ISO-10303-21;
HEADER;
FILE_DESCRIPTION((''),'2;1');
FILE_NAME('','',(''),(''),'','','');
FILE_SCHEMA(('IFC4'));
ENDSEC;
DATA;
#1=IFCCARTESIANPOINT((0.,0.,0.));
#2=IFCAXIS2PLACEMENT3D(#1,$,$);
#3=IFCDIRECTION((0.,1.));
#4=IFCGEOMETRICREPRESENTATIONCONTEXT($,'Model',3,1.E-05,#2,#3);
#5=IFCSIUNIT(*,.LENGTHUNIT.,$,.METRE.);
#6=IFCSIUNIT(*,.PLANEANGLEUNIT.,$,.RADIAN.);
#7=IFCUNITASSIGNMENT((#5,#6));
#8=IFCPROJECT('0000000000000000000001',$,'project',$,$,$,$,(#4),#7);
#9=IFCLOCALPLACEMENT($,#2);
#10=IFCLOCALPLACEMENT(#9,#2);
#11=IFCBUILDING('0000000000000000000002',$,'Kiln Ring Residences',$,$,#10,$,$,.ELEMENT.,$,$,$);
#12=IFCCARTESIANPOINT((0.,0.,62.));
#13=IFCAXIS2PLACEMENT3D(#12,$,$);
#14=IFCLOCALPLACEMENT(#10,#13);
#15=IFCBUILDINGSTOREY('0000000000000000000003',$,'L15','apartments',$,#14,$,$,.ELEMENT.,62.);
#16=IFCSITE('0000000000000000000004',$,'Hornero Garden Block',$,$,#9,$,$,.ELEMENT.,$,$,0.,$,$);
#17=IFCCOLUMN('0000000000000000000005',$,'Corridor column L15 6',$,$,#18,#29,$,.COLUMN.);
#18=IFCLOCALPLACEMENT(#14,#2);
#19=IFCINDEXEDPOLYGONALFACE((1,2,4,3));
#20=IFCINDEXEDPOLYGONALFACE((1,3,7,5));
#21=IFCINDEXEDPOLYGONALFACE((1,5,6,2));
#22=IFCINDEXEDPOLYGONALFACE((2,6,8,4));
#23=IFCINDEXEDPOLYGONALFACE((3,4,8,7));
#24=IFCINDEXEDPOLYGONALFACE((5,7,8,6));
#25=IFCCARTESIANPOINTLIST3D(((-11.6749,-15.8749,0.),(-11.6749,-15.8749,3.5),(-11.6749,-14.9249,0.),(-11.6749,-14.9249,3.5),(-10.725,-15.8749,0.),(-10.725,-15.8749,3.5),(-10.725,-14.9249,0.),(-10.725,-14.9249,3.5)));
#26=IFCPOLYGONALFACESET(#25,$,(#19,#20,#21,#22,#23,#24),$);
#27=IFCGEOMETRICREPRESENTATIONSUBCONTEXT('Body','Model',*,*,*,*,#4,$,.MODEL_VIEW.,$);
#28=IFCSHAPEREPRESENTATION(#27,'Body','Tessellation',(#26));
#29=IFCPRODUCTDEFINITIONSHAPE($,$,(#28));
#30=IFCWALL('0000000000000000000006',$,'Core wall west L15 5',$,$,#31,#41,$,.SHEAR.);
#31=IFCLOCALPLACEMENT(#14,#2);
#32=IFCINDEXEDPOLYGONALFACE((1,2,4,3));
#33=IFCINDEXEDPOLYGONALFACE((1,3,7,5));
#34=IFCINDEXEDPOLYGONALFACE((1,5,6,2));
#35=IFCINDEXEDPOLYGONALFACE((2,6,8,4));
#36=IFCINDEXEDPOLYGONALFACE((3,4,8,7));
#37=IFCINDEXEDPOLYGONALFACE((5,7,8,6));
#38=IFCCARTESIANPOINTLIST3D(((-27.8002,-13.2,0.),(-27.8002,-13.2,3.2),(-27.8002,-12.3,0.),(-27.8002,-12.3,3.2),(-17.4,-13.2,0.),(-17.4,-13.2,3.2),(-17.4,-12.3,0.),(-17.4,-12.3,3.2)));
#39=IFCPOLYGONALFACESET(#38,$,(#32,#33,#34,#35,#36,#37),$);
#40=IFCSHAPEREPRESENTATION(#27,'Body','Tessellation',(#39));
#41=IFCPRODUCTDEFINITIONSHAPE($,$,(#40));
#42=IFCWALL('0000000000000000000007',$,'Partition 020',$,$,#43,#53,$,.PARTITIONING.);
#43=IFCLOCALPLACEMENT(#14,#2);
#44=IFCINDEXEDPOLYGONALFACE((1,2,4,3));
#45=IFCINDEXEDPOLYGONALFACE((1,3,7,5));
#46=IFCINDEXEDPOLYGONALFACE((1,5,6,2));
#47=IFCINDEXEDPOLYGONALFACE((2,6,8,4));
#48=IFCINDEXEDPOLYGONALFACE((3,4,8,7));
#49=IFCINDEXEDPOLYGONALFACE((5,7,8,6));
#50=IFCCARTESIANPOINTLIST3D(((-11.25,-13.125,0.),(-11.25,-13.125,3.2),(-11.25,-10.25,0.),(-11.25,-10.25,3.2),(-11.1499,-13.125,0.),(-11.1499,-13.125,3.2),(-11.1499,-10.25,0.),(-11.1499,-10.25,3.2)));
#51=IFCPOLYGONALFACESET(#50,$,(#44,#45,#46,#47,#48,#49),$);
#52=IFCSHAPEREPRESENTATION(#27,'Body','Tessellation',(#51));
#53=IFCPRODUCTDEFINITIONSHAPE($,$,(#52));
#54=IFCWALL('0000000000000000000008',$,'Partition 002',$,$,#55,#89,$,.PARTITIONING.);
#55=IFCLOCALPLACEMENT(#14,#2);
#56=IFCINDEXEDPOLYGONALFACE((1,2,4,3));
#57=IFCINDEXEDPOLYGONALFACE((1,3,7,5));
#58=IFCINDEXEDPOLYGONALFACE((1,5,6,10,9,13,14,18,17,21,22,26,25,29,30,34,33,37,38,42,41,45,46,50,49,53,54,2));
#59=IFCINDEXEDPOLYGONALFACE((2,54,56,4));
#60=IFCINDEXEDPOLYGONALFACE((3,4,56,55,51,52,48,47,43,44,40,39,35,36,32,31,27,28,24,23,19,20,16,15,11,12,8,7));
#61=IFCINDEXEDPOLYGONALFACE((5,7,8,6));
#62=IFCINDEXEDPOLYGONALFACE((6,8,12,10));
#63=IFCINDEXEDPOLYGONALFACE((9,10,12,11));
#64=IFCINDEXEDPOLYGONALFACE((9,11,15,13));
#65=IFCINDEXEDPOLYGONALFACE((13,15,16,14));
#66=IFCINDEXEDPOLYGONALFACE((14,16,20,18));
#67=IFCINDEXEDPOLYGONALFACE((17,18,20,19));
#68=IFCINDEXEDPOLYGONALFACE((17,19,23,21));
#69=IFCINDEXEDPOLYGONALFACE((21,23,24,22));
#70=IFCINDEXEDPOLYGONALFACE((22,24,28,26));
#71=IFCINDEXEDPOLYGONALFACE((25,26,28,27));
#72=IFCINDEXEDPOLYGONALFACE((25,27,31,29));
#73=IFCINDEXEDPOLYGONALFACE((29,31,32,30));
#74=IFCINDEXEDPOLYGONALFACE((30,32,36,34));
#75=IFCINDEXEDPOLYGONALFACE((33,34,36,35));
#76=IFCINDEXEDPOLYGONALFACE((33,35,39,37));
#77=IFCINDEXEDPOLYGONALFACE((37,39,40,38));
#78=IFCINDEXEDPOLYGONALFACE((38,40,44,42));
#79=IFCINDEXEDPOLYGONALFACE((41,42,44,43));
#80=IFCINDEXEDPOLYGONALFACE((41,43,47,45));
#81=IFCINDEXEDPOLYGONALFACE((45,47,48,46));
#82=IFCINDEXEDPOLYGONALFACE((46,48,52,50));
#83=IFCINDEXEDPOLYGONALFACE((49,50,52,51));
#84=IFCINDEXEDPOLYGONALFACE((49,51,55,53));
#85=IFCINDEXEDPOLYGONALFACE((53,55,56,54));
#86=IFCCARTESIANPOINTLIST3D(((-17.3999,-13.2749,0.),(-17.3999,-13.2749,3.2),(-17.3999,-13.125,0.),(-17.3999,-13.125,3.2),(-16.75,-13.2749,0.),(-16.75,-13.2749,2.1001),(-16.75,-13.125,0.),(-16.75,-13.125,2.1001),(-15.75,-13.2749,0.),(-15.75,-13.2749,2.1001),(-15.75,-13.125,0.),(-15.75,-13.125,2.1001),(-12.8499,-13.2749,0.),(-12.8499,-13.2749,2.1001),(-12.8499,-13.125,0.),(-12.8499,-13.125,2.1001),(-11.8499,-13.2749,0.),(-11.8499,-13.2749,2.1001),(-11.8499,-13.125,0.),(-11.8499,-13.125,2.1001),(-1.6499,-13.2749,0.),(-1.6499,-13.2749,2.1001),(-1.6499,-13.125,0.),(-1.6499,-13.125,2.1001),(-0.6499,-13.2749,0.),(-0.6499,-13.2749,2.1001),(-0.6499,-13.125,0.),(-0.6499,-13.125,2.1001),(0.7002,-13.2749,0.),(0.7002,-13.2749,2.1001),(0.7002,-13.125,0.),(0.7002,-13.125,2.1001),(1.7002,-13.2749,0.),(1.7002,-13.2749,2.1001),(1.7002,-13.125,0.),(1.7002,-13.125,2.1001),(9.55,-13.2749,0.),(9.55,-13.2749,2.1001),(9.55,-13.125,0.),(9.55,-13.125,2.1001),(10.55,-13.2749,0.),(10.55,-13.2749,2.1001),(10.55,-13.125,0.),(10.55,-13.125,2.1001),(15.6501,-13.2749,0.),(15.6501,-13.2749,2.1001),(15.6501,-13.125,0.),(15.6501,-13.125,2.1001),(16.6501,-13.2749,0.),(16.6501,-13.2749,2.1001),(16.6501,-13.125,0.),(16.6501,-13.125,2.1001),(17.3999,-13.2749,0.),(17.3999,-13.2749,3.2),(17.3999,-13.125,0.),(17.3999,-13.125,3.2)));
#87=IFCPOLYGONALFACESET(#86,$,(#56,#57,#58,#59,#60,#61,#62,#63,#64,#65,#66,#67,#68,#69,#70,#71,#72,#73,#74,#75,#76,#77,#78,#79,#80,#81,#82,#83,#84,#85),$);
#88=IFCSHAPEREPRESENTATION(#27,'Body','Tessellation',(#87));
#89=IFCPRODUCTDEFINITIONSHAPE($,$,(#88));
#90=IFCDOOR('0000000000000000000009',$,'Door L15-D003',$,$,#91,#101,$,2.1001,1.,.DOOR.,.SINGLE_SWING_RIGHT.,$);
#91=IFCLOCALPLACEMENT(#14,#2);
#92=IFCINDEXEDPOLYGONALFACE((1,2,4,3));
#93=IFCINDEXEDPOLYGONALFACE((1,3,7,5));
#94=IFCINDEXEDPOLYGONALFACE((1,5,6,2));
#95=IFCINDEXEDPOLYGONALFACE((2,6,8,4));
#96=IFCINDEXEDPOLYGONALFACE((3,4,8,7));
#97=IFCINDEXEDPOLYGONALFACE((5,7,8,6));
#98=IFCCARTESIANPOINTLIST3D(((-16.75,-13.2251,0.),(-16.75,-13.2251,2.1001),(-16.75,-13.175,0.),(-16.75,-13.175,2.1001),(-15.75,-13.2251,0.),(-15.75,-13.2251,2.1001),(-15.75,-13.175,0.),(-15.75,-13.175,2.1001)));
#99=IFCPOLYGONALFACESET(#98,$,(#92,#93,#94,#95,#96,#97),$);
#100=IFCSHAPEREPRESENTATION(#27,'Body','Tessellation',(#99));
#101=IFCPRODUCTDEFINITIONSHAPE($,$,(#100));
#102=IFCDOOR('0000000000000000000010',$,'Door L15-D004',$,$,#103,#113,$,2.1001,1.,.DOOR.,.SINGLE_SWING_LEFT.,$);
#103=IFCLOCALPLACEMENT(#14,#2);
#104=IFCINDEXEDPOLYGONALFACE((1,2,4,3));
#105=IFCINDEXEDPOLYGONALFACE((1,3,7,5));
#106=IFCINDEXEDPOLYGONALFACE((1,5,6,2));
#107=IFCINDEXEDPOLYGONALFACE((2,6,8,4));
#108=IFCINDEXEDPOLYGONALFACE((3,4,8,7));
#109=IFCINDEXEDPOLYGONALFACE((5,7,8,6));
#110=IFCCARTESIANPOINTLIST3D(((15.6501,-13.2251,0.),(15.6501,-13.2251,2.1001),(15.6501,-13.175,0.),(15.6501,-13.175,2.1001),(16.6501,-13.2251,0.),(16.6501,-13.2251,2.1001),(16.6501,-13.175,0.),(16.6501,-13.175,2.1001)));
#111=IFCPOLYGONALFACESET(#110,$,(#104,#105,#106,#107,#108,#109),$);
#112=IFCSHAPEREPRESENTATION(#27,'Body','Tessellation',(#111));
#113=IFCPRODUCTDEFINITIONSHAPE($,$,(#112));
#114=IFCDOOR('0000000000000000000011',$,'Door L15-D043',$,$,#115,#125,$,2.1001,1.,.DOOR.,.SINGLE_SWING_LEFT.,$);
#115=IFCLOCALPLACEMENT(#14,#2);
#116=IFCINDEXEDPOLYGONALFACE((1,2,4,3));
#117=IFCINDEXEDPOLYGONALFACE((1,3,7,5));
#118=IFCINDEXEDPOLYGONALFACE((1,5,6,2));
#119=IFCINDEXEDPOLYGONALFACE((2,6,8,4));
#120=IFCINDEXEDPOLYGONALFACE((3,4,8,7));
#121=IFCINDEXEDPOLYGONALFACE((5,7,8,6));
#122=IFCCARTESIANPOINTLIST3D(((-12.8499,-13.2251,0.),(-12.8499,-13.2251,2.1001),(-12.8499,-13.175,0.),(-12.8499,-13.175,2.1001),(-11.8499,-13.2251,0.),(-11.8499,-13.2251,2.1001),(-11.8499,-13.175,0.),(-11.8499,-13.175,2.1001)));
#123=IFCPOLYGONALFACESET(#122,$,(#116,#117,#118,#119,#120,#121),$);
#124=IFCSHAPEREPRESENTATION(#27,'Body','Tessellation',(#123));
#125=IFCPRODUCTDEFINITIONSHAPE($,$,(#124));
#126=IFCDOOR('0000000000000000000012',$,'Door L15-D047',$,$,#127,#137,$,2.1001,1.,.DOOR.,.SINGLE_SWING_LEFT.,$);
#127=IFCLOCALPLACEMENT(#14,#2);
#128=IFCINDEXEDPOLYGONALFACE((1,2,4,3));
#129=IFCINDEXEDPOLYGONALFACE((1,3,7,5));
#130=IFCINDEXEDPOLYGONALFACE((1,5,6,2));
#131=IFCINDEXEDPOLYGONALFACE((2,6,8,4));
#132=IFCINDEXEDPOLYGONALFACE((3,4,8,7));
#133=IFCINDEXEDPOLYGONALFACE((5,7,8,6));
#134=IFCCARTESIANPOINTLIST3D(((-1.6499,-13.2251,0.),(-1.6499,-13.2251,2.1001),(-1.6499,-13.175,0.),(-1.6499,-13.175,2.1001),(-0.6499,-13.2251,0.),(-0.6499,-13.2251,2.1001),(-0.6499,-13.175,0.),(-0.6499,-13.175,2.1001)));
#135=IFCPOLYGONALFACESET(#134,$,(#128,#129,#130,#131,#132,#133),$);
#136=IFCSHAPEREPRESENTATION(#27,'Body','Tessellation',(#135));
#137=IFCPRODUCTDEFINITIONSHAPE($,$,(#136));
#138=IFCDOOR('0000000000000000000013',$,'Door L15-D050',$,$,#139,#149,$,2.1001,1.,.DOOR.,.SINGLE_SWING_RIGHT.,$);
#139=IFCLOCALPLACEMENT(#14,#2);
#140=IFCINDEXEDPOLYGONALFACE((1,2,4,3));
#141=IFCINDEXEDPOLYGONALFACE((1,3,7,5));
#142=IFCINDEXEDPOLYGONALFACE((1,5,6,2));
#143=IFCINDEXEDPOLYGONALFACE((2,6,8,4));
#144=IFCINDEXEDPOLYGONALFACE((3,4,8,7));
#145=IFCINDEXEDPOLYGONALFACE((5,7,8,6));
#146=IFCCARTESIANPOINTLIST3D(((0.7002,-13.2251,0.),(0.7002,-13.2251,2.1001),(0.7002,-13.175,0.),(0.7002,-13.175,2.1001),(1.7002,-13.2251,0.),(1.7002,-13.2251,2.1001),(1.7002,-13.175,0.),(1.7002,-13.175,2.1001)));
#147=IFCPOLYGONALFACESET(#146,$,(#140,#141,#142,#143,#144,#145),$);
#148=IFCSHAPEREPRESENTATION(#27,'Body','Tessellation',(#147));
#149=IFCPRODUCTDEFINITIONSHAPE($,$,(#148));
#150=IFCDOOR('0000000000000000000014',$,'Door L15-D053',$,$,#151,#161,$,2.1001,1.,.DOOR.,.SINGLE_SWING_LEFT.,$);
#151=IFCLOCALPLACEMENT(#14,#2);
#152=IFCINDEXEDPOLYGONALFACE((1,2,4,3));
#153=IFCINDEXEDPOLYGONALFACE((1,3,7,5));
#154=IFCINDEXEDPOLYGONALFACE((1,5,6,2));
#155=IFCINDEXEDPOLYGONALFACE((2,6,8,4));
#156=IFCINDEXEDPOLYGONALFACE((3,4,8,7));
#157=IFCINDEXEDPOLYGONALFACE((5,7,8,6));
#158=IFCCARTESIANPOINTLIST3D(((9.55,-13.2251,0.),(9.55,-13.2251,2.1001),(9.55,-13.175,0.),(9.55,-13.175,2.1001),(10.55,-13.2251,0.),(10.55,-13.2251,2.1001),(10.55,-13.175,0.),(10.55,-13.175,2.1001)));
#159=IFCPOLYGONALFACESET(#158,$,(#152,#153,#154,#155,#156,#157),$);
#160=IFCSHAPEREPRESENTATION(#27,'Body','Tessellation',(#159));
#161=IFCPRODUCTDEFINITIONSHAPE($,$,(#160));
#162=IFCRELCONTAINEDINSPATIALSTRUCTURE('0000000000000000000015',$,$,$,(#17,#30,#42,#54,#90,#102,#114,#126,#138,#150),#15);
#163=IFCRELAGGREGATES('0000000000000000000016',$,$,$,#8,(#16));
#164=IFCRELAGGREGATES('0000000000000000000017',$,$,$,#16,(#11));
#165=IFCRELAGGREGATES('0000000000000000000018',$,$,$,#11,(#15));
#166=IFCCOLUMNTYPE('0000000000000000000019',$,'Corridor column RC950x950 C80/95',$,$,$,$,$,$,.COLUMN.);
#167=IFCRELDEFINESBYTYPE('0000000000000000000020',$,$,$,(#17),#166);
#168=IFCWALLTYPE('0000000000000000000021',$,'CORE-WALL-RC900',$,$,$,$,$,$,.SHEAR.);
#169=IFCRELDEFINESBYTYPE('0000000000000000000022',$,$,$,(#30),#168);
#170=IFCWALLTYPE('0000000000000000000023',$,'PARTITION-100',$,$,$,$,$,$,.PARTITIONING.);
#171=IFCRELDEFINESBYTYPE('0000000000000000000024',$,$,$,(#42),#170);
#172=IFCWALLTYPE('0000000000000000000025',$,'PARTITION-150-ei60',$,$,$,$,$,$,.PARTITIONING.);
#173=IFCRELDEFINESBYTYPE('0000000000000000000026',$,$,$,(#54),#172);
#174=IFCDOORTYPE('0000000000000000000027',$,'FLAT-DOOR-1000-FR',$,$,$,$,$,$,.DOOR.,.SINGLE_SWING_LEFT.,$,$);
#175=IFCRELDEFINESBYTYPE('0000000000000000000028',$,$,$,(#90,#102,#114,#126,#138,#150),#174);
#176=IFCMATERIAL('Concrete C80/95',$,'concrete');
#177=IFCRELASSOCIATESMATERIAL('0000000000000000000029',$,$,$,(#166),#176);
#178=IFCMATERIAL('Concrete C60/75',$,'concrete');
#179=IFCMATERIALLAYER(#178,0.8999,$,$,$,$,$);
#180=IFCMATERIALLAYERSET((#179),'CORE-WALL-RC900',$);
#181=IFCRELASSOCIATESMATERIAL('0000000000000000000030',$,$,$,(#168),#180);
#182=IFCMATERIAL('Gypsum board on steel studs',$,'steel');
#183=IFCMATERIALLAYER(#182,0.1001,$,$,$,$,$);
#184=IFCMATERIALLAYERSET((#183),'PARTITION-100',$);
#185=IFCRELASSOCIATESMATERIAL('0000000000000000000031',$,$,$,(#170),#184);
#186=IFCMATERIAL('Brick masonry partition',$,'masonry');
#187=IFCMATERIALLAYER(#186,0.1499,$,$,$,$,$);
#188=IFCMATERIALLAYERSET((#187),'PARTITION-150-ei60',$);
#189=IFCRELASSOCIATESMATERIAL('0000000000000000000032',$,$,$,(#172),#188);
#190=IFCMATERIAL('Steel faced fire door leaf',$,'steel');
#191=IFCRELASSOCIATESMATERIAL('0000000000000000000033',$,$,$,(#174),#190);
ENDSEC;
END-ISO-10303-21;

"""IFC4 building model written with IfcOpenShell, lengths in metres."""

from ifc_helpers import new_model, si_unit, direction, frame, frame_2d, origin, origin_2d, place, context, subcontext, project, spatial, rectangle, extrude, material, layer, layer_set, material_profile, profile_set, type_object, element, fill, save


model = new_model("IFC4")

# Units and contexts
model_context = context("Model", 3, precision=1e-05, world=origin(), true_north=direction((0.0, 1.0)))
body_context = subcontext(model_context, "Body", "Model", "MODEL_VIEW")
ifc_project = project(units=[si_unit("LENGTHUNIT", "METRE"), si_unit("PLANEANGLEUNIT", "RADIAN")], contexts=[model_context])

# Site, building, storey
site_placement = place(None, origin())
site = spatial("IfcSite", under=ifc_project, at=site_placement, Name="Hornero Garden Block", CompositionType="ELEMENT", RefElevation=0.0)
building_placement = place(site_placement, origin())
building = spatial("IfcBuilding", under=site, at=building_placement, Name="Kiln Ring Residences", CompositionType="ELEMENT")
storey_placement = place(building_placement, frame((0.0, 0.0, 62.0)))
storey = spatial("IfcBuildingStorey", under=building, at=storey_placement, Name="L15", Description="apartments", CompositionType="ELEMENT", Elevation=62.0)

# Column
ifc_material_1 = material(Name="Concrete C80/95", Category="concrete")
ifc_material_profile = material_profile(ifc_material_1, rectangle(XDim=0.95, YDim=0.95, at=origin_2d()), Name="RC950x950")
ifc_profile_set = profile_set([ifc_material_profile], Name="Concrete C80/95")
column_type = type_object("IfcColumnType", Name="Corridor column RC950x950 C80/95", PredefinedType="COLUMN", material=ifc_profile_set)
column_placement = place(storey_placement, frame((-11.2, -15.3999, 0.0), z_axis=(0.0, 0.0, 1.0), x_axis=(1.0, 0.0, 0.0)))
element("IfcColumn", 1, at=column_placement, inside=storey, type_object=column_type, Name="Corridor column L15 6", PredefinedType="COLUMN", context=body_context, shape_type="SweptSolid", body=[
    extrude(rectangle(XDim=0.95, YDim=0.95, at=origin_2d()), origin(), (0.0, 0.0, 1.0), 3.5),
])

# Walls
ifc_material_2 = material(Name="Concrete C60/75", Category="concrete")
ifc_layer_1 = layer(ifc_material_2, 0.8999)
ifc_layer_set_1 = layer_set([ifc_layer_1], Name="CORE-WALL-RC900")
wall_type_1 = type_object("IfcWallType", Name="CORE-WALL-RC900", PredefinedType="SHEAR", material=ifc_layer_set_1)
wall_1_placement = place(storey_placement, frame((-17.3999, -12.75, 0.0), z_axis=(0.0, 0.0, 1.0), x_axis=(-1.0, 0.0, 0.0)))
element("IfcWall", 2, at=wall_1_placement, inside=storey, type_object=wall_type_1, Name="Core wall west L15 5", PredefinedType="SHEAR", context=body_context, shape_type="SweptSolid", body=[
    extrude(rectangle(XDim=10.4001, YDim=0.8999, at=frame_2d((5.2002, 0.0))), origin(), (0.0, 0.0, 1.0), 3.2),
])
ifc_material_3 = material(Name="Gypsum board on steel studs", Category="steel")
ifc_layer_2 = layer(ifc_material_3, 0.1001)
ifc_layer_set_2 = layer_set([ifc_layer_2], Name="PARTITION-100")
wall_type_2 = type_object("IfcWallType", Name="PARTITION-100", PredefinedType="PARTITIONING", material=ifc_layer_set_2)
wall_2_placement = place(storey_placement, frame((-11.2, -13.125, 0.0), z_axis=(0.0, 0.0, 1.0), x_axis=(0.0, 1.0, 0.0)))
element("IfcWall", 3, at=wall_2_placement, inside=storey, type_object=wall_type_2, Name="Partition 020", PredefinedType="PARTITIONING", context=body_context, shape_type="SweptSolid", body=[
    extrude(rectangle(XDim=2.875, YDim=0.1001, at=frame_2d((1.4375, 0.0))), origin(), (0.0, 0.0, 1.0), 3.2),
])

# Wall, openings, doors
ifc_material_4 = material(Name="Brick masonry partition", Category="masonry")
ifc_layer_3 = layer(ifc_material_4, 0.1499)
ifc_layer_set_3 = layer_set([ifc_layer_3], Name="PARTITION-150-ei60")
wall_type_3 = type_object("IfcWallType", Name="PARTITION-150-ei60", PredefinedType="PARTITIONING", material=ifc_layer_set_3)
wall_3_placement = place(storey_placement, frame((-17.3999, -13.2, 0.0), z_axis=(0.0, 0.0, 1.0), x_axis=(1.0, 0.0, 0.0)))
wall_3 = element("IfcWall", 4, at=wall_3_placement, inside=storey, type_object=wall_type_3, Name="Partition 002", PredefinedType="PARTITIONING", context=body_context, shape_type="SweptSolid", body=[
    extrude(rectangle(XDim=34.7998, YDim=0.1499, at=frame_2d((17.3999, 0.0))), origin(), (0.0, 0.0, 1.0), 3.2),
])
opening_1_placement = place(wall_3_placement, frame((0.6499, 0.0, 0.0)))
opening_1 = element("IfcOpeningElement", 5, at=opening_1_placement, cuts=wall_3, PredefinedType="OPENING", context=body_context, shape_type="SweptSolid", body=[
    extrude(rectangle(XDim=1.0, YDim=2.1001, at=frame_2d((0.5, 1.05))), frame((0.0, 0.085, 0.0), z_axis=(0.0, -1.0, 0.0), x_axis=(1.0, 0.0, 0.0)), (0.0, 0.0, 1.0), 0.1699),
])
opening_2_placement = place(wall_3_placement, frame((33.05, 0.0, 0.0)))
opening_2 = element("IfcOpeningElement", 6, at=opening_2_placement, cuts=wall_3, PredefinedType="OPENING", context=body_context, shape_type="SweptSolid", body=[
    extrude(rectangle(XDim=1.0, YDim=2.1001, at=frame_2d((0.5, 1.05))), frame((0.0, 0.085, 0.0), z_axis=(0.0, -1.0, 0.0), x_axis=(1.0, 0.0, 0.0)), (0.0, 0.0, 1.0), 0.1699),
])
opening_3_placement = place(wall_3_placement, frame((4.55, 0.0, 0.0)))
opening_3 = element("IfcOpeningElement", 7, at=opening_3_placement, cuts=wall_3, PredefinedType="OPENING", context=body_context, shape_type="SweptSolid", body=[
    extrude(rectangle(XDim=1.0, YDim=2.1001, at=frame_2d((0.5, 1.05))), frame((0.0, 0.085, 0.0), z_axis=(0.0, -1.0, 0.0), x_axis=(1.0, 0.0, 0.0)), (0.0, 0.0, 1.0), 0.1699),
])
opening_4_placement = place(wall_3_placement, frame((15.75, 0.0, 0.0)))
opening_4 = element("IfcOpeningElement", 8, at=opening_4_placement, cuts=wall_3, PredefinedType="OPENING", context=body_context, shape_type="SweptSolid", body=[
    extrude(rectangle(XDim=1.0, YDim=2.1001, at=frame_2d((0.5, 1.05))), frame((0.0, 0.085, 0.0), z_axis=(0.0, -1.0, 0.0), x_axis=(1.0, 0.0, 0.0)), (0.0, 0.0, 1.0), 0.1699),
])
opening_5_placement = place(wall_3_placement, frame((18.1001, 0.0, 0.0)))
opening_5 = element("IfcOpeningElement", 9, at=opening_5_placement, cuts=wall_3, PredefinedType="OPENING", context=body_context, shape_type="SweptSolid", body=[
    extrude(rectangle(XDim=1.0, YDim=2.1001, at=frame_2d((0.5, 1.05))), frame((0.0, 0.085, 0.0), z_axis=(0.0, -1.0, 0.0), x_axis=(1.0, 0.0, 0.0)), (0.0, 0.0, 1.0), 0.1699),
])
opening_6_placement = place(wall_3_placement, frame((26.95, 0.0, 0.0)))
opening_6 = element("IfcOpeningElement", 10, at=opening_6_placement, cuts=wall_3, PredefinedType="OPENING", context=body_context, shape_type="SweptSolid", body=[
    extrude(rectangle(XDim=1.0, YDim=2.1001, at=frame_2d((0.5, 1.05))), frame((0.0, 0.085, 0.0), z_axis=(0.0, -1.0, 0.0), x_axis=(1.0, 0.0, 0.0)), (0.0, 0.0, 1.0), 0.1699),
])
ifc_material_5 = material(Name="Steel faced fire door leaf", Category="steel")
door_type = type_object("IfcDoorType", Name="FLAT-DOOR-1000-FR", OperationType="SINGLE_SWING_LEFT", PredefinedType="DOOR", material=ifc_material_5)
door_1_placement = place(opening_1_placement, origin())
door_1 = element("IfcDoor", 11, at=door_1_placement, inside=storey, type_object=door_type, Name="Door L15-D003", OperationType="SINGLE_SWING_RIGHT", OverallHeight=2.1001, OverallWidth=1.0, PredefinedType="DOOR", context=body_context, shape_type="SweptSolid", body=[
    extrude(rectangle(XDim=1.0, YDim=2.1001, at=frame_2d((0.5, 1.05))), frame((0.0, 0.0249, 0.0), z_axis=(0.0, -1.0, 0.0), x_axis=(1.0, 0.0, 0.0)), (0.0, 0.0, 1.0), 0.05),
])
fill(opening_1, door_1)
door_2_placement = place(opening_2_placement, origin())
door_2 = element("IfcDoor", 12, at=door_2_placement, inside=storey, type_object=door_type, Name="Door L15-D004", OperationType="SINGLE_SWING_LEFT", OverallHeight=2.1001, OverallWidth=1.0, PredefinedType="DOOR", context=body_context, shape_type="SweptSolid", body=[
    extrude(rectangle(XDim=1.0, YDim=2.1001, at=frame_2d((0.5, 1.05))), frame((0.0, 0.0249, 0.0), z_axis=(0.0, -1.0, 0.0), x_axis=(1.0, 0.0, 0.0)), (0.0, 0.0, 1.0), 0.05),
])
fill(opening_2, door_2)
door_3_placement = place(opening_3_placement, origin())
door_3 = element("IfcDoor", 13, at=door_3_placement, inside=storey, type_object=door_type, Name="Door L15-D043", OperationType="SINGLE_SWING_LEFT", OverallHeight=2.1001, OverallWidth=1.0, PredefinedType="DOOR", context=body_context, shape_type="SweptSolid", body=[
    extrude(rectangle(XDim=1.0, YDim=2.1001, at=frame_2d((0.5, 1.05))), frame((0.0, 0.0249, 0.0), z_axis=(0.0, -1.0, 0.0), x_axis=(1.0, 0.0, 0.0)), (0.0, 0.0, 1.0), 0.05),
])
fill(opening_3, door_3)
door_4_placement = place(opening_4_placement, origin())
door_4 = element("IfcDoor", 14, at=door_4_placement, inside=storey, type_object=door_type, Name="Door L15-D047", OperationType="SINGLE_SWING_LEFT", OverallHeight=2.1001, OverallWidth=1.0, PredefinedType="DOOR", context=body_context, shape_type="SweptSolid", body=[
    extrude(rectangle(XDim=1.0, YDim=2.1001, at=frame_2d((0.5, 1.05))), frame((0.0, 0.0249, 0.0), z_axis=(0.0, -1.0, 0.0), x_axis=(1.0, 0.0, 0.0)), (0.0, 0.0, 1.0), 0.05),
])
fill(opening_4, door_4)
door_5_placement = place(opening_5_placement, origin())
door_5 = element("IfcDoor", 15, at=door_5_placement, inside=storey, type_object=door_type, Name="Door L15-D050", OperationType="SINGLE_SWING_RIGHT", OverallHeight=2.1001, OverallWidth=1.0, PredefinedType="DOOR", context=body_context, shape_type="SweptSolid", body=[
    extrude(rectangle(XDim=1.0, YDim=2.1001, at=frame_2d((0.5, 1.05))), frame((0.0, 0.0249, 0.0), z_axis=(0.0, -1.0, 0.0), x_axis=(1.0, 0.0, 0.0)), (0.0, 0.0, 1.0), 0.05),
])
fill(opening_5, door_5)
door_6_placement = place(opening_6_placement, origin())
door_6 = element("IfcDoor", 16, at=door_6_placement, inside=storey, type_object=door_type, Name="Door L15-D053", OperationType="SINGLE_SWING_LEFT", OverallHeight=2.1001, OverallWidth=1.0, PredefinedType="DOOR", context=body_context, shape_type="SweptSolid", body=[
    extrude(rectangle(XDim=1.0, YDim=2.1001, at=frame_2d((0.5, 1.05))), frame((0.0, 0.0249, 0.0), z_axis=(0.0, -1.0, 0.0), x_axis=(1.0, 0.0, 0.0)), (0.0, 0.0, 1.0), 0.05),
])
fill(opening_6, door_6)

save(model, "model.ifc")
